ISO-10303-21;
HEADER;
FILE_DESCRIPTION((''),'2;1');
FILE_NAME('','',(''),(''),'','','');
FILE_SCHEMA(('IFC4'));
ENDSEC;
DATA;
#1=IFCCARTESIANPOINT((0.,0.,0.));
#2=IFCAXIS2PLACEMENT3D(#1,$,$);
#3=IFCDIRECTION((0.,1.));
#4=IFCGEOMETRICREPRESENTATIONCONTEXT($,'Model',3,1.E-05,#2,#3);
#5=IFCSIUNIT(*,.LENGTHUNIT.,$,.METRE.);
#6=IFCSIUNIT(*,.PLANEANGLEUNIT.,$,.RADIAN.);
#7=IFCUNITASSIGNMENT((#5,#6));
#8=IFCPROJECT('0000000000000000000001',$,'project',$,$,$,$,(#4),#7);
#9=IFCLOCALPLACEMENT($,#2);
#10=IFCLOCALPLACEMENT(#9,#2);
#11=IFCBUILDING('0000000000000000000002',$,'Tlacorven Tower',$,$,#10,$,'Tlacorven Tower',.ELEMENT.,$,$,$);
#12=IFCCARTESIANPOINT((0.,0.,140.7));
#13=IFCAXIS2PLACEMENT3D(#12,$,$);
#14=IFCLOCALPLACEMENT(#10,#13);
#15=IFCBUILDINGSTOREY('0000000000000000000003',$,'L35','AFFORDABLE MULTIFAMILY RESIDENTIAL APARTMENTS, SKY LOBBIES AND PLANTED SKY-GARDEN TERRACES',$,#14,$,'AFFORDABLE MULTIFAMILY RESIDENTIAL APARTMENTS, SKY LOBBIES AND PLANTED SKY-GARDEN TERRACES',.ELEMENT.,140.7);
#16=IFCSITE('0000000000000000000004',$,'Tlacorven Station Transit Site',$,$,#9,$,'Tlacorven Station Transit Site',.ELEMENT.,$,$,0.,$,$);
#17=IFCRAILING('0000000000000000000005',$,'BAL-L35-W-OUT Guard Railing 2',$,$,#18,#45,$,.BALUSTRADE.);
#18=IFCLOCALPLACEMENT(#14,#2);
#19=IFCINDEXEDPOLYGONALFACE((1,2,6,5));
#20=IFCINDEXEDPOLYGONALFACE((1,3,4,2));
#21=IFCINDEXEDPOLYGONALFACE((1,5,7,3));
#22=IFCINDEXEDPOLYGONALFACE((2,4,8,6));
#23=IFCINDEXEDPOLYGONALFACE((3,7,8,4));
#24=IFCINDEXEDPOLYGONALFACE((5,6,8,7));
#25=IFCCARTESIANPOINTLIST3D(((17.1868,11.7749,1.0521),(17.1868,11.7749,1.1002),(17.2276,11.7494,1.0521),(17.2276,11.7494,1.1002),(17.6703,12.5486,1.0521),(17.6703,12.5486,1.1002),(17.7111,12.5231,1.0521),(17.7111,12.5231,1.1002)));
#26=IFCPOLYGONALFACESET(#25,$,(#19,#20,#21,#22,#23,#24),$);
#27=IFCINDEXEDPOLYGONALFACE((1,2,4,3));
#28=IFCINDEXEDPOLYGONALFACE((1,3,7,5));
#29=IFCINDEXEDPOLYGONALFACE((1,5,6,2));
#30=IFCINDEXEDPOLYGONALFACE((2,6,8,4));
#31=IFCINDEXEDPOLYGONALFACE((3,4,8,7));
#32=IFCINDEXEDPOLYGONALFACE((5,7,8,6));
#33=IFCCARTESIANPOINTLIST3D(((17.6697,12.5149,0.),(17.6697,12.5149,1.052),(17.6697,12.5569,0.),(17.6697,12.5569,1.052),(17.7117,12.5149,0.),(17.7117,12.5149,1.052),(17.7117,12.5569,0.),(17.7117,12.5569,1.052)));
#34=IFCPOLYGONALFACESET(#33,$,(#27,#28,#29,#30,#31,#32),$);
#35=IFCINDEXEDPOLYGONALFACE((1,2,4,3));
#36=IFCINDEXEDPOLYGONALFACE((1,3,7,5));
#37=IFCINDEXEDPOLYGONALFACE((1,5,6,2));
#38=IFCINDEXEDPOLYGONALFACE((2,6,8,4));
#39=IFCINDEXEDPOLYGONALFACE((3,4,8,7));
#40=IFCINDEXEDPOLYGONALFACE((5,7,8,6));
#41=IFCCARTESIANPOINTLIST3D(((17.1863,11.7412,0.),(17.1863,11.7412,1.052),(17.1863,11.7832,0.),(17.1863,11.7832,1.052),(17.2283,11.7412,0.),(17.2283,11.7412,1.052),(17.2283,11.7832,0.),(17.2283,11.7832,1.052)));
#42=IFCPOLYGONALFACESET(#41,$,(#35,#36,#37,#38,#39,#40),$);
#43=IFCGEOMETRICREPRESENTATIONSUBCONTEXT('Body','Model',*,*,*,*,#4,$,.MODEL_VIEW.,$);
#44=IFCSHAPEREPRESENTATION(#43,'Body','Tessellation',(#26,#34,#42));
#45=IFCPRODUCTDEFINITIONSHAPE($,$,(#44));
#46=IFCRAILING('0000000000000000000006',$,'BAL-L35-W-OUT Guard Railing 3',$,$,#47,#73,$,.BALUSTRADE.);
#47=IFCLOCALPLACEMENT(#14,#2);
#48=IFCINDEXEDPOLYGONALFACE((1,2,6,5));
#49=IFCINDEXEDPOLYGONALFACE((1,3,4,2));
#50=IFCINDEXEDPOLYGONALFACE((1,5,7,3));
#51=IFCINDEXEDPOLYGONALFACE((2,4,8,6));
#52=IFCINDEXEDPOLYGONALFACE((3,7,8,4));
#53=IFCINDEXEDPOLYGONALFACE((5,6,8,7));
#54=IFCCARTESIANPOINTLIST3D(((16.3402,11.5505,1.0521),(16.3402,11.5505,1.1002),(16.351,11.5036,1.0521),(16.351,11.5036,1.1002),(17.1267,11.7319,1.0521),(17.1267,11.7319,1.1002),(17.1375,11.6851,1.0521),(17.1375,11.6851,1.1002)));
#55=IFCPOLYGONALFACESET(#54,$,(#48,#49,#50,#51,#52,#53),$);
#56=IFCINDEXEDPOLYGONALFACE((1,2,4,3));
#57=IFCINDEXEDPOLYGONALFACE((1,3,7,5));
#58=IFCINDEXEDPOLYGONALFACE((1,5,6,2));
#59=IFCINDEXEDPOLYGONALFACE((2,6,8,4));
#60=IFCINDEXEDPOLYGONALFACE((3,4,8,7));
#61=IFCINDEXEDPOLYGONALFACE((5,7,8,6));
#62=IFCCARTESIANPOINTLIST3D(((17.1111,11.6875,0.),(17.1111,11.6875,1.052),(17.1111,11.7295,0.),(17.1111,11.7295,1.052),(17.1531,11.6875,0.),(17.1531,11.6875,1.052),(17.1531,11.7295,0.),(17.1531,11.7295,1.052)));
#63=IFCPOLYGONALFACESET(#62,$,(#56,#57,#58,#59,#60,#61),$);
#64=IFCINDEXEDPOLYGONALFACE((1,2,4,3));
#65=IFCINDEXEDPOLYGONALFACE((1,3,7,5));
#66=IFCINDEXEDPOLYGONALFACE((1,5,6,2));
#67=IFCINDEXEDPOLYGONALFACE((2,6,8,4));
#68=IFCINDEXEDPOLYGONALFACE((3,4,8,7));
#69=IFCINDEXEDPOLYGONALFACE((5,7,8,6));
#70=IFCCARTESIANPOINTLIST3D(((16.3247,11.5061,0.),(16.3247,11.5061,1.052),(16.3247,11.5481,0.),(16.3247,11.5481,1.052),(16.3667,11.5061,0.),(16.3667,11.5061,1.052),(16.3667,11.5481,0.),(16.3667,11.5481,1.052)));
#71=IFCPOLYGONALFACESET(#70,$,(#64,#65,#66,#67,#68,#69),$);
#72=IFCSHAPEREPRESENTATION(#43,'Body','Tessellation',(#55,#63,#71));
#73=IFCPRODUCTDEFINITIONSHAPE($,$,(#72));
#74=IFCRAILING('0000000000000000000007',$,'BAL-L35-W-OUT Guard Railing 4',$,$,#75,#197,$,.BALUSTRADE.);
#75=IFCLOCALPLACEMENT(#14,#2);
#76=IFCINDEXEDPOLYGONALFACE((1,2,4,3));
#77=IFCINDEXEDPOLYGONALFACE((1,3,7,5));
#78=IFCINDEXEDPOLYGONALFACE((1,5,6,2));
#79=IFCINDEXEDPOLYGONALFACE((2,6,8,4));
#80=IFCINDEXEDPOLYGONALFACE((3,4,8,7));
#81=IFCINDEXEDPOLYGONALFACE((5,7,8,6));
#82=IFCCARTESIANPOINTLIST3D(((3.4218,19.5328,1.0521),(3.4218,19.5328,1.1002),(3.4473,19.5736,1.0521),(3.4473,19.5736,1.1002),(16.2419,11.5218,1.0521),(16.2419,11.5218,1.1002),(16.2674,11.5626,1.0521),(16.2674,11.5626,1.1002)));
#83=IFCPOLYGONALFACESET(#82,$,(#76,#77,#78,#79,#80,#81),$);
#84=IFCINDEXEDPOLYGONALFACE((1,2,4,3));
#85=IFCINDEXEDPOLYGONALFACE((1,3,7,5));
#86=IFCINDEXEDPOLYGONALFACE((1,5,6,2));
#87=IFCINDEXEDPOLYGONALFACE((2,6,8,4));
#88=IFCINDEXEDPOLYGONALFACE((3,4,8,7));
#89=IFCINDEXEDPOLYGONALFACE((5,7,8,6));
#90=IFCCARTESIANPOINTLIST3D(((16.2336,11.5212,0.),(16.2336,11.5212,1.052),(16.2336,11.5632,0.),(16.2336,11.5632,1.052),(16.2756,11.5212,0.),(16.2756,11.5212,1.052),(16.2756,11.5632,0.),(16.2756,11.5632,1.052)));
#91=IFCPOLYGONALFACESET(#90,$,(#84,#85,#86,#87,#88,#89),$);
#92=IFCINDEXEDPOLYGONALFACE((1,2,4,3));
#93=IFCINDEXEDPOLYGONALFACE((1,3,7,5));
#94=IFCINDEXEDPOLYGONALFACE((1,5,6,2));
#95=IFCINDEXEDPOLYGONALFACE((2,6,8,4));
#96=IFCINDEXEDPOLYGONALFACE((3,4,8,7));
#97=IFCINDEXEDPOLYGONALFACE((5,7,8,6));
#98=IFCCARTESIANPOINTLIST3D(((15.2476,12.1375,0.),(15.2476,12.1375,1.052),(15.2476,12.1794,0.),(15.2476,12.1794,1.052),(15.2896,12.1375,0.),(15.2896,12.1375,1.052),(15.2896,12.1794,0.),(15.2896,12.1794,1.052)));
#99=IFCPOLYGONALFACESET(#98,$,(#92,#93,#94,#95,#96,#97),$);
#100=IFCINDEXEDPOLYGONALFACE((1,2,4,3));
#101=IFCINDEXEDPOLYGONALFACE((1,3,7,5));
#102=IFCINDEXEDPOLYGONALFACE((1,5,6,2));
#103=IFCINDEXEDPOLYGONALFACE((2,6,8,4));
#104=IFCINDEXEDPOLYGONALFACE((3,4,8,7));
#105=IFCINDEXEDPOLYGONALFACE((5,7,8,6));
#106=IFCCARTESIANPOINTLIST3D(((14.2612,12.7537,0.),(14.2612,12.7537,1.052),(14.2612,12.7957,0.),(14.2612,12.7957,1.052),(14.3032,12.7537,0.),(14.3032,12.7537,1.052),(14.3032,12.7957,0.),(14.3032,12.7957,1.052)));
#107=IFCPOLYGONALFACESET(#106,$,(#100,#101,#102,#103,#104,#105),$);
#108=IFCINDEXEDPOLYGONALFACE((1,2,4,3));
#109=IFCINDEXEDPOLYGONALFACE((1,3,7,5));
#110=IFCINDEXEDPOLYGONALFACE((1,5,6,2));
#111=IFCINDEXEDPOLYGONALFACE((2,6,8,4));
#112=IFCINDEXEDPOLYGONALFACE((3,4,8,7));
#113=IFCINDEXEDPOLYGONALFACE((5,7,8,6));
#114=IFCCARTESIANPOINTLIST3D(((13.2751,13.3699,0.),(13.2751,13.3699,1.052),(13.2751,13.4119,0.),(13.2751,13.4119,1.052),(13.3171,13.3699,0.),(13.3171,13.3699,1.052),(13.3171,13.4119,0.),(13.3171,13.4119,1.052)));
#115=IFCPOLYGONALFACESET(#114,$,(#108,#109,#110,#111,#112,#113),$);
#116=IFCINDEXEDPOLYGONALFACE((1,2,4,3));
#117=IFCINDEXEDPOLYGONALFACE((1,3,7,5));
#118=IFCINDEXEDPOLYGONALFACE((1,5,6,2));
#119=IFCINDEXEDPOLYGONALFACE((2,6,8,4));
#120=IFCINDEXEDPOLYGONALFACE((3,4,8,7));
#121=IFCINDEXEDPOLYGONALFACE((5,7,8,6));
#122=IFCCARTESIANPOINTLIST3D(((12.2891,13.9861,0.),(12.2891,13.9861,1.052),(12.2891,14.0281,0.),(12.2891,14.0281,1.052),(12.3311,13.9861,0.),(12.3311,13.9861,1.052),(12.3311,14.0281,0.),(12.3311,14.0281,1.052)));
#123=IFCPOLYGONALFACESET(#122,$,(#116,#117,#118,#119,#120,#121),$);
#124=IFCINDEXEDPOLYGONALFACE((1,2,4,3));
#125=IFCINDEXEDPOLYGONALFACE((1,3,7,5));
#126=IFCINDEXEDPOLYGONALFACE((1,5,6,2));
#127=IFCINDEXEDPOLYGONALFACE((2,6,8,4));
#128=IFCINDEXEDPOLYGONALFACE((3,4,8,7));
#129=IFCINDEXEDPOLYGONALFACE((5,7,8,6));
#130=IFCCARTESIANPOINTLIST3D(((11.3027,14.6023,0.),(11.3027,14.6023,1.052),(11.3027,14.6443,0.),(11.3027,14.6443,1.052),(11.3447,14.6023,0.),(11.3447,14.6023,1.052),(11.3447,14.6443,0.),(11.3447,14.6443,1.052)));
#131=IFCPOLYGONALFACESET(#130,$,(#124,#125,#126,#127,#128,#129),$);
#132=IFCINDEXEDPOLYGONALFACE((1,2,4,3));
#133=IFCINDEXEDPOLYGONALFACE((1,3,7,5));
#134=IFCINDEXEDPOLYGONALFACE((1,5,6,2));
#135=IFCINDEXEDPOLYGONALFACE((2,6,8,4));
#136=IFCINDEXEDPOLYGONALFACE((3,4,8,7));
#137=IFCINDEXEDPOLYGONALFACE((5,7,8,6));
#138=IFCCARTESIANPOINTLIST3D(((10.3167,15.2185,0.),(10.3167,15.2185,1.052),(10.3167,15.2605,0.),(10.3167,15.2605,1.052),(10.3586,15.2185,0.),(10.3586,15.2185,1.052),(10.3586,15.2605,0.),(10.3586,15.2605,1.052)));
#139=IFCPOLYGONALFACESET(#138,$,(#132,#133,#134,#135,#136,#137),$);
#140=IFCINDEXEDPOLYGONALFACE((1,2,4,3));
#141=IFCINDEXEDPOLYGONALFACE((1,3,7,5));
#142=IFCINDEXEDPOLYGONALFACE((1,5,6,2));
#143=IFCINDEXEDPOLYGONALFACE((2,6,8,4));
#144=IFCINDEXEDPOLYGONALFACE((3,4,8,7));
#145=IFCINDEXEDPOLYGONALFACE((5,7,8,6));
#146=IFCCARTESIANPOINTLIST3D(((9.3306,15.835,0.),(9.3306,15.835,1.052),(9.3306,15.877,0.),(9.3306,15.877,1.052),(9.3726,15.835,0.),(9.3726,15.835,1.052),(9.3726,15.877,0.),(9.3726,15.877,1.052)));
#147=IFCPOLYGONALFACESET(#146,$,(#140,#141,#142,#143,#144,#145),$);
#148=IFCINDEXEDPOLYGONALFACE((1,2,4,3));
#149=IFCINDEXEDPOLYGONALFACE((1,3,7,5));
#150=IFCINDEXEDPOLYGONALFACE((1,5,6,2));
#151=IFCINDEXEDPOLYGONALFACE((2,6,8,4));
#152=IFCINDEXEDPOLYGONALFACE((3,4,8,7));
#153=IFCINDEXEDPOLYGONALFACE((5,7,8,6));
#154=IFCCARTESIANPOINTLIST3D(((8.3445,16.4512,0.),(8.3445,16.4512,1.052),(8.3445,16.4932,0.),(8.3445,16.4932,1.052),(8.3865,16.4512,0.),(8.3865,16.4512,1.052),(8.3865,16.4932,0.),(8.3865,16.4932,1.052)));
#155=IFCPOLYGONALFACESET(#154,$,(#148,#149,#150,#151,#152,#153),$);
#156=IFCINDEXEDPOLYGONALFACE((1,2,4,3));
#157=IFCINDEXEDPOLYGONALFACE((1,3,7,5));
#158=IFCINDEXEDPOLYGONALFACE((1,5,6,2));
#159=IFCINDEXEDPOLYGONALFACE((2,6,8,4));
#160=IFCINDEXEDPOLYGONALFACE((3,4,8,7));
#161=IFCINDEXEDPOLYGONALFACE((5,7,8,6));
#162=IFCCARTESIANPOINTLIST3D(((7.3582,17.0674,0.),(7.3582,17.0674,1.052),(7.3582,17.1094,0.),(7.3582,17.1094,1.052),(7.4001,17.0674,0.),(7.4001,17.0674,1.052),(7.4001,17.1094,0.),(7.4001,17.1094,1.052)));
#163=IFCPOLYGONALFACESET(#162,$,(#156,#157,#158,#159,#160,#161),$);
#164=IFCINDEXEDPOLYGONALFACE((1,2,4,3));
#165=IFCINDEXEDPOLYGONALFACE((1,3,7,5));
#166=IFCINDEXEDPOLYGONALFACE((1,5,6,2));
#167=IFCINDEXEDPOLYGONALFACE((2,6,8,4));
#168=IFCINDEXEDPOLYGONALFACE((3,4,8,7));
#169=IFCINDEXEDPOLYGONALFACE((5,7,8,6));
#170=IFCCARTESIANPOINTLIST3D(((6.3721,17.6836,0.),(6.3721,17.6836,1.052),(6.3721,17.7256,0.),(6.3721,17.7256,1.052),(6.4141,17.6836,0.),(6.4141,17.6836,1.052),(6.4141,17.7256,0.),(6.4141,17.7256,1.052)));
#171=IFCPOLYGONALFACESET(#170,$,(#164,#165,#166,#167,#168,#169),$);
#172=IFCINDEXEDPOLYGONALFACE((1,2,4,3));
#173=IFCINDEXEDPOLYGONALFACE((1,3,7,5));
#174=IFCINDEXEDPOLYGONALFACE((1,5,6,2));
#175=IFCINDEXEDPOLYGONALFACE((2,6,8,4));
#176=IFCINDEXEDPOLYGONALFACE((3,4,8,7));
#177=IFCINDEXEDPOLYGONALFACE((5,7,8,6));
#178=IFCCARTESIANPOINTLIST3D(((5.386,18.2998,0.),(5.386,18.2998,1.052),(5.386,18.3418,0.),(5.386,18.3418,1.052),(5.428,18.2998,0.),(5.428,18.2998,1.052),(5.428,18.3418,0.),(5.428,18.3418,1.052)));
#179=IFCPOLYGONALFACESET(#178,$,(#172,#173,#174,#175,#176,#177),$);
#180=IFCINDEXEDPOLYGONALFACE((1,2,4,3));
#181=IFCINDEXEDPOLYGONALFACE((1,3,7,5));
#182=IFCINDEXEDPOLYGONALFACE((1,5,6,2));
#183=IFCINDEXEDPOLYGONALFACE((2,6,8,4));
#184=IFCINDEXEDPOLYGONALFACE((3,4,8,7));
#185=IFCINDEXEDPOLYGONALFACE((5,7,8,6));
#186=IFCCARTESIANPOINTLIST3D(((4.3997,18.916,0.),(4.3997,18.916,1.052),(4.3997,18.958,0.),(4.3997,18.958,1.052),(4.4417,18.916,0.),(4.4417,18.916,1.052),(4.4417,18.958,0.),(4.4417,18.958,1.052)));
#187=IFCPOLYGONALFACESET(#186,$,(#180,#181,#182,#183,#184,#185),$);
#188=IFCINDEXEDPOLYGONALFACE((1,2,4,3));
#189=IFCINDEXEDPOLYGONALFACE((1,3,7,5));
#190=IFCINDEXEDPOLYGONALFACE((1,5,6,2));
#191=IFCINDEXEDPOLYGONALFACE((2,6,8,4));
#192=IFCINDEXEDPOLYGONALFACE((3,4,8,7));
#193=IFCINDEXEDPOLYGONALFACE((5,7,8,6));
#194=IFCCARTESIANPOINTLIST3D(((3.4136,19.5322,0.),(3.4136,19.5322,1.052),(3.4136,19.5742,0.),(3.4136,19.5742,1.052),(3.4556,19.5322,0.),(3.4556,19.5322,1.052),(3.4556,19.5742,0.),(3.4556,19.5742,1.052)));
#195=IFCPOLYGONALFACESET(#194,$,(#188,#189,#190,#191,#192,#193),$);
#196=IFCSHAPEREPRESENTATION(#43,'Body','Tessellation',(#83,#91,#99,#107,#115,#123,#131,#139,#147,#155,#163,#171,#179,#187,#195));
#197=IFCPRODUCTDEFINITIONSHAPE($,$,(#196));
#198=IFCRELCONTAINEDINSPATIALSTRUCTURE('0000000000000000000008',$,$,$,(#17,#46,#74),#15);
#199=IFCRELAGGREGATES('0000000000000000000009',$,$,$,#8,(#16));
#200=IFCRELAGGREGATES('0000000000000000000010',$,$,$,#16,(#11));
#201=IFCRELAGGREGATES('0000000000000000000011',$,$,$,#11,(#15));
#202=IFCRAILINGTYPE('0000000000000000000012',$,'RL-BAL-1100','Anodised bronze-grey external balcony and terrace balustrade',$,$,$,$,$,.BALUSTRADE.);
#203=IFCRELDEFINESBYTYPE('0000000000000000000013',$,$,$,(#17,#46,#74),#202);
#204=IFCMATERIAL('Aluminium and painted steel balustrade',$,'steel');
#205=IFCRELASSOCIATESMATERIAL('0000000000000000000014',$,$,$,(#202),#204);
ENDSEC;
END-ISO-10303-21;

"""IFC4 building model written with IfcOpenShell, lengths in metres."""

from ifc_helpers import new_model, si_unit, direction, frame, origin, origin_2d, place, context, subcontext, project, spatial, rectangle, extrude, source, transform, mapped, material, type_object, element, save


model = new_model("IFC4")

# Units and contexts
model_context = context("Model", 3, precision=1e-05, world=origin(), true_north=direction((0.0, 1.0)))
body_context = subcontext(model_context, "Body", "Model", "MODEL_VIEW")
ifc_project = project(units=[si_unit("LENGTHUNIT", "METRE"), si_unit("PLANEANGLEUNIT", "RADIAN")], contexts=[model_context])

# Site, building, storey
site_placement = place(None, origin())
site = spatial("IfcSite", under=ifc_project, at=site_placement, Name="Tlacorven Station Transit Site", LongName="Tlacorven Station Transit Site", CompositionType="ELEMENT", RefElevation=0.0)
building_placement = place(site_placement, origin())
building = spatial("IfcBuilding", under=site, at=building_placement, Name="Tlacorven Tower", LongName="Tlacorven Tower", CompositionType="ELEMENT")
storey_placement = place(building_placement, frame((0.0, 0.0, 140.7)))
storey = spatial("IfcBuildingStorey", under=building, at=storey_placement, Name="L35", Description="AFFORDABLE MULTIFAMILY RESIDENTIAL APARTMENTS, SKY LOBBIES AND PLANTED SKY-GARDEN TERRACES", LongName="AFFORDABLE MULTIFAMILY RESIDENTIAL APARTMENTS, SKY LOBBIES AND PLANTED SKY-GARDEN TERRACES", CompositionType="ELEMENT", Elevation=140.7)

# Railings
ifc_material_1 = material(Name="Aluminium and painted steel balustrade", Category="steel")
railing_type = type_object("IfcRailingType", Name="RL-BAL-1100", Description="Anodised bronze-grey external balcony and terrace balustrade", PredefinedType="BALUSTRADE", material=ifc_material_1)
shared_shape_1 = source(origin(), body_context, "Body", "SweptSolid", [
    extrude(rectangle(XDim=0.0481, YDim=0.0481, at=origin_2d()), frame((0.0, 0.0, 1.0762), z_axis=(-0.529879, -0.848073, 0.0), x_axis=(0.848073, -0.529879, 0.0)), (0.0, 0.0, 1.0), 0.9124),
    extrude(rectangle(XDim=0.042, YDim=0.042, at=origin_2d()), origin(), (0.0, 0.0, 1.0), 1.052),
    extrude(rectangle(XDim=0.042, YDim=0.042, at=origin_2d()), frame((-0.4834, -0.7737, 0.0)), (0.0, 0.0, 1.0), 1.052),
])
railing_1_placement = place(storey_placement, frame((17.6907, 12.5359, 0.0)))
element("IfcRailing", 1, at=railing_1_placement, inside=storey, type_object=railing_type, Name="BAL-L35-W-OUT Guard Railing 2", PredefinedType="BALUSTRADE", context=body_context, shape_type="MappedRepresentation", body=[
    mapped(shared_shape_1, transform((0.0, 0.0, 0.0), scale=1.0)),
])
shared_shape_2 = source(origin(), body_context, "Body", "SweptSolid", [
    extrude(rectangle(XDim=0.0481, YDim=0.0481, at=origin_2d()), frame((0.0, 0.0, 1.0762), z_axis=(-0.974412, -0.224771, 0.0), x_axis=(0.224771, -0.974412, 0.0)), (0.0, 0.0, 1.0), 0.8071),
    extrude(rectangle(XDim=0.042, YDim=0.042, at=origin_2d()), origin(), (0.0, 0.0, 1.0), 1.052),
    extrude(rectangle(XDim=0.042, YDim=0.042, at=origin_2d()), frame((-0.7864, -0.1814, 0.0)), (0.0, 0.0, 1.0), 1.052),
])
railing_2_placement = place(storey_placement, frame((17.1321, 11.7085, 0.0)))
element("IfcRailing", 2, at=railing_2_placement, inside=storey, type_object=railing_type, Name="BAL-L35-W-OUT Guard Railing 3", PredefinedType="BALUSTRADE", context=body_context, shape_type="MappedRepresentation", body=[
    mapped(shared_shape_2, transform((0.0, 0.0, 0.0), scale=1.0)),
])
shared_shape_3 = source(origin(), body_context, "Body", "SweptSolid", [
    extrude(rectangle(XDim=0.0481, YDim=0.0481, at=origin_2d()), frame((0.0, 0.0, 1.0762), z_axis=(-0.848045, 0.529925, 0.0), x_axis=(-0.529925, -0.848045, 0.0)), (0.0, 0.0, 1.0), 15.1172),
    extrude(rectangle(XDim=0.042, YDim=0.042, at=origin_2d()), origin(), (0.0, 0.0, 1.0), 1.052),
    extrude(rectangle(XDim=0.042, YDim=0.042, at=origin_2d()), frame((-0.9861, 0.6162, 0.0)), (0.0, 0.0, 1.0), 1.052),
    extrude(rectangle(XDim=0.042, YDim=0.042, at=origin_2d()), frame((-1.9724, 1.2324, 0.0)), (0.0, 0.0, 1.0), 1.052),
    extrude(rectangle(XDim=0.042, YDim=0.042, at=origin_2d()), frame((-2.9585, 1.8486, 0.0)), (0.0, 0.0, 1.0), 1.052),
    extrude(rectangle(XDim=0.042, YDim=0.042, at=origin_2d()), frame((-3.9446, 2.4648, 0.0)), (0.0, 0.0, 1.0), 1.052),
    extrude(rectangle(XDim=0.042, YDim=0.042, at=origin_2d()), frame((-4.9309, 3.0811, 0.0)), (0.0, 0.0, 1.0), 1.052),
    extrude(rectangle(XDim=0.042, YDim=0.042, at=origin_2d()), frame((-5.917, 3.6973, 0.0)), (0.0, 0.0, 1.0), 1.052),
    extrude(rectangle(XDim=0.042, YDim=0.042, at=origin_2d()), frame((-6.9031, 4.3137, 0.0)), (0.0, 0.0, 1.0), 1.052),
    extrude(rectangle(XDim=0.042, YDim=0.042, at=origin_2d()), frame((-7.8892, 4.9299, 0.0)), (0.0, 0.0, 1.0), 1.052),
    extrude(rectangle(XDim=0.042, YDim=0.042, at=origin_2d()), frame((-8.8755, 5.5461, 0.0)), (0.0, 0.0, 1.0), 1.052),
    extrude(rectangle(XDim=0.042, YDim=0.042, at=origin_2d()), frame((-9.8616, 6.1624, 0.0)), (0.0, 0.0, 1.0), 1.052),
    extrude(rectangle(XDim=0.042, YDim=0.042, at=origin_2d()), frame((-10.8477, 6.7786, 0.0)), (0.0, 0.0, 1.0), 1.052),
    extrude(rectangle(XDim=0.042, YDim=0.042, at=origin_2d()), frame((-11.834, 7.3948, 0.0)), (0.0, 0.0, 1.0), 1.052),
    extrude(rectangle(XDim=0.042, YDim=0.042, at=origin_2d()), frame((-12.8201, 8.011, 0.0)), (0.0, 0.0, 1.0), 1.052),
])
railing_3_placement = place(storey_placement, frame((16.2546, 11.5422, 0.0)))
element("IfcRailing", 3, at=railing_3_placement, inside=storey, type_object=railing_type, Name="BAL-L35-W-OUT Guard Railing 4", PredefinedType="BALUSTRADE", context=body_context, shape_type="MappedRepresentation", body=[
    mapped(shared_shape_3, transform((0.0, 0.0, 0.0), scale=1.0)),
])

save(model, "model.ifc")
